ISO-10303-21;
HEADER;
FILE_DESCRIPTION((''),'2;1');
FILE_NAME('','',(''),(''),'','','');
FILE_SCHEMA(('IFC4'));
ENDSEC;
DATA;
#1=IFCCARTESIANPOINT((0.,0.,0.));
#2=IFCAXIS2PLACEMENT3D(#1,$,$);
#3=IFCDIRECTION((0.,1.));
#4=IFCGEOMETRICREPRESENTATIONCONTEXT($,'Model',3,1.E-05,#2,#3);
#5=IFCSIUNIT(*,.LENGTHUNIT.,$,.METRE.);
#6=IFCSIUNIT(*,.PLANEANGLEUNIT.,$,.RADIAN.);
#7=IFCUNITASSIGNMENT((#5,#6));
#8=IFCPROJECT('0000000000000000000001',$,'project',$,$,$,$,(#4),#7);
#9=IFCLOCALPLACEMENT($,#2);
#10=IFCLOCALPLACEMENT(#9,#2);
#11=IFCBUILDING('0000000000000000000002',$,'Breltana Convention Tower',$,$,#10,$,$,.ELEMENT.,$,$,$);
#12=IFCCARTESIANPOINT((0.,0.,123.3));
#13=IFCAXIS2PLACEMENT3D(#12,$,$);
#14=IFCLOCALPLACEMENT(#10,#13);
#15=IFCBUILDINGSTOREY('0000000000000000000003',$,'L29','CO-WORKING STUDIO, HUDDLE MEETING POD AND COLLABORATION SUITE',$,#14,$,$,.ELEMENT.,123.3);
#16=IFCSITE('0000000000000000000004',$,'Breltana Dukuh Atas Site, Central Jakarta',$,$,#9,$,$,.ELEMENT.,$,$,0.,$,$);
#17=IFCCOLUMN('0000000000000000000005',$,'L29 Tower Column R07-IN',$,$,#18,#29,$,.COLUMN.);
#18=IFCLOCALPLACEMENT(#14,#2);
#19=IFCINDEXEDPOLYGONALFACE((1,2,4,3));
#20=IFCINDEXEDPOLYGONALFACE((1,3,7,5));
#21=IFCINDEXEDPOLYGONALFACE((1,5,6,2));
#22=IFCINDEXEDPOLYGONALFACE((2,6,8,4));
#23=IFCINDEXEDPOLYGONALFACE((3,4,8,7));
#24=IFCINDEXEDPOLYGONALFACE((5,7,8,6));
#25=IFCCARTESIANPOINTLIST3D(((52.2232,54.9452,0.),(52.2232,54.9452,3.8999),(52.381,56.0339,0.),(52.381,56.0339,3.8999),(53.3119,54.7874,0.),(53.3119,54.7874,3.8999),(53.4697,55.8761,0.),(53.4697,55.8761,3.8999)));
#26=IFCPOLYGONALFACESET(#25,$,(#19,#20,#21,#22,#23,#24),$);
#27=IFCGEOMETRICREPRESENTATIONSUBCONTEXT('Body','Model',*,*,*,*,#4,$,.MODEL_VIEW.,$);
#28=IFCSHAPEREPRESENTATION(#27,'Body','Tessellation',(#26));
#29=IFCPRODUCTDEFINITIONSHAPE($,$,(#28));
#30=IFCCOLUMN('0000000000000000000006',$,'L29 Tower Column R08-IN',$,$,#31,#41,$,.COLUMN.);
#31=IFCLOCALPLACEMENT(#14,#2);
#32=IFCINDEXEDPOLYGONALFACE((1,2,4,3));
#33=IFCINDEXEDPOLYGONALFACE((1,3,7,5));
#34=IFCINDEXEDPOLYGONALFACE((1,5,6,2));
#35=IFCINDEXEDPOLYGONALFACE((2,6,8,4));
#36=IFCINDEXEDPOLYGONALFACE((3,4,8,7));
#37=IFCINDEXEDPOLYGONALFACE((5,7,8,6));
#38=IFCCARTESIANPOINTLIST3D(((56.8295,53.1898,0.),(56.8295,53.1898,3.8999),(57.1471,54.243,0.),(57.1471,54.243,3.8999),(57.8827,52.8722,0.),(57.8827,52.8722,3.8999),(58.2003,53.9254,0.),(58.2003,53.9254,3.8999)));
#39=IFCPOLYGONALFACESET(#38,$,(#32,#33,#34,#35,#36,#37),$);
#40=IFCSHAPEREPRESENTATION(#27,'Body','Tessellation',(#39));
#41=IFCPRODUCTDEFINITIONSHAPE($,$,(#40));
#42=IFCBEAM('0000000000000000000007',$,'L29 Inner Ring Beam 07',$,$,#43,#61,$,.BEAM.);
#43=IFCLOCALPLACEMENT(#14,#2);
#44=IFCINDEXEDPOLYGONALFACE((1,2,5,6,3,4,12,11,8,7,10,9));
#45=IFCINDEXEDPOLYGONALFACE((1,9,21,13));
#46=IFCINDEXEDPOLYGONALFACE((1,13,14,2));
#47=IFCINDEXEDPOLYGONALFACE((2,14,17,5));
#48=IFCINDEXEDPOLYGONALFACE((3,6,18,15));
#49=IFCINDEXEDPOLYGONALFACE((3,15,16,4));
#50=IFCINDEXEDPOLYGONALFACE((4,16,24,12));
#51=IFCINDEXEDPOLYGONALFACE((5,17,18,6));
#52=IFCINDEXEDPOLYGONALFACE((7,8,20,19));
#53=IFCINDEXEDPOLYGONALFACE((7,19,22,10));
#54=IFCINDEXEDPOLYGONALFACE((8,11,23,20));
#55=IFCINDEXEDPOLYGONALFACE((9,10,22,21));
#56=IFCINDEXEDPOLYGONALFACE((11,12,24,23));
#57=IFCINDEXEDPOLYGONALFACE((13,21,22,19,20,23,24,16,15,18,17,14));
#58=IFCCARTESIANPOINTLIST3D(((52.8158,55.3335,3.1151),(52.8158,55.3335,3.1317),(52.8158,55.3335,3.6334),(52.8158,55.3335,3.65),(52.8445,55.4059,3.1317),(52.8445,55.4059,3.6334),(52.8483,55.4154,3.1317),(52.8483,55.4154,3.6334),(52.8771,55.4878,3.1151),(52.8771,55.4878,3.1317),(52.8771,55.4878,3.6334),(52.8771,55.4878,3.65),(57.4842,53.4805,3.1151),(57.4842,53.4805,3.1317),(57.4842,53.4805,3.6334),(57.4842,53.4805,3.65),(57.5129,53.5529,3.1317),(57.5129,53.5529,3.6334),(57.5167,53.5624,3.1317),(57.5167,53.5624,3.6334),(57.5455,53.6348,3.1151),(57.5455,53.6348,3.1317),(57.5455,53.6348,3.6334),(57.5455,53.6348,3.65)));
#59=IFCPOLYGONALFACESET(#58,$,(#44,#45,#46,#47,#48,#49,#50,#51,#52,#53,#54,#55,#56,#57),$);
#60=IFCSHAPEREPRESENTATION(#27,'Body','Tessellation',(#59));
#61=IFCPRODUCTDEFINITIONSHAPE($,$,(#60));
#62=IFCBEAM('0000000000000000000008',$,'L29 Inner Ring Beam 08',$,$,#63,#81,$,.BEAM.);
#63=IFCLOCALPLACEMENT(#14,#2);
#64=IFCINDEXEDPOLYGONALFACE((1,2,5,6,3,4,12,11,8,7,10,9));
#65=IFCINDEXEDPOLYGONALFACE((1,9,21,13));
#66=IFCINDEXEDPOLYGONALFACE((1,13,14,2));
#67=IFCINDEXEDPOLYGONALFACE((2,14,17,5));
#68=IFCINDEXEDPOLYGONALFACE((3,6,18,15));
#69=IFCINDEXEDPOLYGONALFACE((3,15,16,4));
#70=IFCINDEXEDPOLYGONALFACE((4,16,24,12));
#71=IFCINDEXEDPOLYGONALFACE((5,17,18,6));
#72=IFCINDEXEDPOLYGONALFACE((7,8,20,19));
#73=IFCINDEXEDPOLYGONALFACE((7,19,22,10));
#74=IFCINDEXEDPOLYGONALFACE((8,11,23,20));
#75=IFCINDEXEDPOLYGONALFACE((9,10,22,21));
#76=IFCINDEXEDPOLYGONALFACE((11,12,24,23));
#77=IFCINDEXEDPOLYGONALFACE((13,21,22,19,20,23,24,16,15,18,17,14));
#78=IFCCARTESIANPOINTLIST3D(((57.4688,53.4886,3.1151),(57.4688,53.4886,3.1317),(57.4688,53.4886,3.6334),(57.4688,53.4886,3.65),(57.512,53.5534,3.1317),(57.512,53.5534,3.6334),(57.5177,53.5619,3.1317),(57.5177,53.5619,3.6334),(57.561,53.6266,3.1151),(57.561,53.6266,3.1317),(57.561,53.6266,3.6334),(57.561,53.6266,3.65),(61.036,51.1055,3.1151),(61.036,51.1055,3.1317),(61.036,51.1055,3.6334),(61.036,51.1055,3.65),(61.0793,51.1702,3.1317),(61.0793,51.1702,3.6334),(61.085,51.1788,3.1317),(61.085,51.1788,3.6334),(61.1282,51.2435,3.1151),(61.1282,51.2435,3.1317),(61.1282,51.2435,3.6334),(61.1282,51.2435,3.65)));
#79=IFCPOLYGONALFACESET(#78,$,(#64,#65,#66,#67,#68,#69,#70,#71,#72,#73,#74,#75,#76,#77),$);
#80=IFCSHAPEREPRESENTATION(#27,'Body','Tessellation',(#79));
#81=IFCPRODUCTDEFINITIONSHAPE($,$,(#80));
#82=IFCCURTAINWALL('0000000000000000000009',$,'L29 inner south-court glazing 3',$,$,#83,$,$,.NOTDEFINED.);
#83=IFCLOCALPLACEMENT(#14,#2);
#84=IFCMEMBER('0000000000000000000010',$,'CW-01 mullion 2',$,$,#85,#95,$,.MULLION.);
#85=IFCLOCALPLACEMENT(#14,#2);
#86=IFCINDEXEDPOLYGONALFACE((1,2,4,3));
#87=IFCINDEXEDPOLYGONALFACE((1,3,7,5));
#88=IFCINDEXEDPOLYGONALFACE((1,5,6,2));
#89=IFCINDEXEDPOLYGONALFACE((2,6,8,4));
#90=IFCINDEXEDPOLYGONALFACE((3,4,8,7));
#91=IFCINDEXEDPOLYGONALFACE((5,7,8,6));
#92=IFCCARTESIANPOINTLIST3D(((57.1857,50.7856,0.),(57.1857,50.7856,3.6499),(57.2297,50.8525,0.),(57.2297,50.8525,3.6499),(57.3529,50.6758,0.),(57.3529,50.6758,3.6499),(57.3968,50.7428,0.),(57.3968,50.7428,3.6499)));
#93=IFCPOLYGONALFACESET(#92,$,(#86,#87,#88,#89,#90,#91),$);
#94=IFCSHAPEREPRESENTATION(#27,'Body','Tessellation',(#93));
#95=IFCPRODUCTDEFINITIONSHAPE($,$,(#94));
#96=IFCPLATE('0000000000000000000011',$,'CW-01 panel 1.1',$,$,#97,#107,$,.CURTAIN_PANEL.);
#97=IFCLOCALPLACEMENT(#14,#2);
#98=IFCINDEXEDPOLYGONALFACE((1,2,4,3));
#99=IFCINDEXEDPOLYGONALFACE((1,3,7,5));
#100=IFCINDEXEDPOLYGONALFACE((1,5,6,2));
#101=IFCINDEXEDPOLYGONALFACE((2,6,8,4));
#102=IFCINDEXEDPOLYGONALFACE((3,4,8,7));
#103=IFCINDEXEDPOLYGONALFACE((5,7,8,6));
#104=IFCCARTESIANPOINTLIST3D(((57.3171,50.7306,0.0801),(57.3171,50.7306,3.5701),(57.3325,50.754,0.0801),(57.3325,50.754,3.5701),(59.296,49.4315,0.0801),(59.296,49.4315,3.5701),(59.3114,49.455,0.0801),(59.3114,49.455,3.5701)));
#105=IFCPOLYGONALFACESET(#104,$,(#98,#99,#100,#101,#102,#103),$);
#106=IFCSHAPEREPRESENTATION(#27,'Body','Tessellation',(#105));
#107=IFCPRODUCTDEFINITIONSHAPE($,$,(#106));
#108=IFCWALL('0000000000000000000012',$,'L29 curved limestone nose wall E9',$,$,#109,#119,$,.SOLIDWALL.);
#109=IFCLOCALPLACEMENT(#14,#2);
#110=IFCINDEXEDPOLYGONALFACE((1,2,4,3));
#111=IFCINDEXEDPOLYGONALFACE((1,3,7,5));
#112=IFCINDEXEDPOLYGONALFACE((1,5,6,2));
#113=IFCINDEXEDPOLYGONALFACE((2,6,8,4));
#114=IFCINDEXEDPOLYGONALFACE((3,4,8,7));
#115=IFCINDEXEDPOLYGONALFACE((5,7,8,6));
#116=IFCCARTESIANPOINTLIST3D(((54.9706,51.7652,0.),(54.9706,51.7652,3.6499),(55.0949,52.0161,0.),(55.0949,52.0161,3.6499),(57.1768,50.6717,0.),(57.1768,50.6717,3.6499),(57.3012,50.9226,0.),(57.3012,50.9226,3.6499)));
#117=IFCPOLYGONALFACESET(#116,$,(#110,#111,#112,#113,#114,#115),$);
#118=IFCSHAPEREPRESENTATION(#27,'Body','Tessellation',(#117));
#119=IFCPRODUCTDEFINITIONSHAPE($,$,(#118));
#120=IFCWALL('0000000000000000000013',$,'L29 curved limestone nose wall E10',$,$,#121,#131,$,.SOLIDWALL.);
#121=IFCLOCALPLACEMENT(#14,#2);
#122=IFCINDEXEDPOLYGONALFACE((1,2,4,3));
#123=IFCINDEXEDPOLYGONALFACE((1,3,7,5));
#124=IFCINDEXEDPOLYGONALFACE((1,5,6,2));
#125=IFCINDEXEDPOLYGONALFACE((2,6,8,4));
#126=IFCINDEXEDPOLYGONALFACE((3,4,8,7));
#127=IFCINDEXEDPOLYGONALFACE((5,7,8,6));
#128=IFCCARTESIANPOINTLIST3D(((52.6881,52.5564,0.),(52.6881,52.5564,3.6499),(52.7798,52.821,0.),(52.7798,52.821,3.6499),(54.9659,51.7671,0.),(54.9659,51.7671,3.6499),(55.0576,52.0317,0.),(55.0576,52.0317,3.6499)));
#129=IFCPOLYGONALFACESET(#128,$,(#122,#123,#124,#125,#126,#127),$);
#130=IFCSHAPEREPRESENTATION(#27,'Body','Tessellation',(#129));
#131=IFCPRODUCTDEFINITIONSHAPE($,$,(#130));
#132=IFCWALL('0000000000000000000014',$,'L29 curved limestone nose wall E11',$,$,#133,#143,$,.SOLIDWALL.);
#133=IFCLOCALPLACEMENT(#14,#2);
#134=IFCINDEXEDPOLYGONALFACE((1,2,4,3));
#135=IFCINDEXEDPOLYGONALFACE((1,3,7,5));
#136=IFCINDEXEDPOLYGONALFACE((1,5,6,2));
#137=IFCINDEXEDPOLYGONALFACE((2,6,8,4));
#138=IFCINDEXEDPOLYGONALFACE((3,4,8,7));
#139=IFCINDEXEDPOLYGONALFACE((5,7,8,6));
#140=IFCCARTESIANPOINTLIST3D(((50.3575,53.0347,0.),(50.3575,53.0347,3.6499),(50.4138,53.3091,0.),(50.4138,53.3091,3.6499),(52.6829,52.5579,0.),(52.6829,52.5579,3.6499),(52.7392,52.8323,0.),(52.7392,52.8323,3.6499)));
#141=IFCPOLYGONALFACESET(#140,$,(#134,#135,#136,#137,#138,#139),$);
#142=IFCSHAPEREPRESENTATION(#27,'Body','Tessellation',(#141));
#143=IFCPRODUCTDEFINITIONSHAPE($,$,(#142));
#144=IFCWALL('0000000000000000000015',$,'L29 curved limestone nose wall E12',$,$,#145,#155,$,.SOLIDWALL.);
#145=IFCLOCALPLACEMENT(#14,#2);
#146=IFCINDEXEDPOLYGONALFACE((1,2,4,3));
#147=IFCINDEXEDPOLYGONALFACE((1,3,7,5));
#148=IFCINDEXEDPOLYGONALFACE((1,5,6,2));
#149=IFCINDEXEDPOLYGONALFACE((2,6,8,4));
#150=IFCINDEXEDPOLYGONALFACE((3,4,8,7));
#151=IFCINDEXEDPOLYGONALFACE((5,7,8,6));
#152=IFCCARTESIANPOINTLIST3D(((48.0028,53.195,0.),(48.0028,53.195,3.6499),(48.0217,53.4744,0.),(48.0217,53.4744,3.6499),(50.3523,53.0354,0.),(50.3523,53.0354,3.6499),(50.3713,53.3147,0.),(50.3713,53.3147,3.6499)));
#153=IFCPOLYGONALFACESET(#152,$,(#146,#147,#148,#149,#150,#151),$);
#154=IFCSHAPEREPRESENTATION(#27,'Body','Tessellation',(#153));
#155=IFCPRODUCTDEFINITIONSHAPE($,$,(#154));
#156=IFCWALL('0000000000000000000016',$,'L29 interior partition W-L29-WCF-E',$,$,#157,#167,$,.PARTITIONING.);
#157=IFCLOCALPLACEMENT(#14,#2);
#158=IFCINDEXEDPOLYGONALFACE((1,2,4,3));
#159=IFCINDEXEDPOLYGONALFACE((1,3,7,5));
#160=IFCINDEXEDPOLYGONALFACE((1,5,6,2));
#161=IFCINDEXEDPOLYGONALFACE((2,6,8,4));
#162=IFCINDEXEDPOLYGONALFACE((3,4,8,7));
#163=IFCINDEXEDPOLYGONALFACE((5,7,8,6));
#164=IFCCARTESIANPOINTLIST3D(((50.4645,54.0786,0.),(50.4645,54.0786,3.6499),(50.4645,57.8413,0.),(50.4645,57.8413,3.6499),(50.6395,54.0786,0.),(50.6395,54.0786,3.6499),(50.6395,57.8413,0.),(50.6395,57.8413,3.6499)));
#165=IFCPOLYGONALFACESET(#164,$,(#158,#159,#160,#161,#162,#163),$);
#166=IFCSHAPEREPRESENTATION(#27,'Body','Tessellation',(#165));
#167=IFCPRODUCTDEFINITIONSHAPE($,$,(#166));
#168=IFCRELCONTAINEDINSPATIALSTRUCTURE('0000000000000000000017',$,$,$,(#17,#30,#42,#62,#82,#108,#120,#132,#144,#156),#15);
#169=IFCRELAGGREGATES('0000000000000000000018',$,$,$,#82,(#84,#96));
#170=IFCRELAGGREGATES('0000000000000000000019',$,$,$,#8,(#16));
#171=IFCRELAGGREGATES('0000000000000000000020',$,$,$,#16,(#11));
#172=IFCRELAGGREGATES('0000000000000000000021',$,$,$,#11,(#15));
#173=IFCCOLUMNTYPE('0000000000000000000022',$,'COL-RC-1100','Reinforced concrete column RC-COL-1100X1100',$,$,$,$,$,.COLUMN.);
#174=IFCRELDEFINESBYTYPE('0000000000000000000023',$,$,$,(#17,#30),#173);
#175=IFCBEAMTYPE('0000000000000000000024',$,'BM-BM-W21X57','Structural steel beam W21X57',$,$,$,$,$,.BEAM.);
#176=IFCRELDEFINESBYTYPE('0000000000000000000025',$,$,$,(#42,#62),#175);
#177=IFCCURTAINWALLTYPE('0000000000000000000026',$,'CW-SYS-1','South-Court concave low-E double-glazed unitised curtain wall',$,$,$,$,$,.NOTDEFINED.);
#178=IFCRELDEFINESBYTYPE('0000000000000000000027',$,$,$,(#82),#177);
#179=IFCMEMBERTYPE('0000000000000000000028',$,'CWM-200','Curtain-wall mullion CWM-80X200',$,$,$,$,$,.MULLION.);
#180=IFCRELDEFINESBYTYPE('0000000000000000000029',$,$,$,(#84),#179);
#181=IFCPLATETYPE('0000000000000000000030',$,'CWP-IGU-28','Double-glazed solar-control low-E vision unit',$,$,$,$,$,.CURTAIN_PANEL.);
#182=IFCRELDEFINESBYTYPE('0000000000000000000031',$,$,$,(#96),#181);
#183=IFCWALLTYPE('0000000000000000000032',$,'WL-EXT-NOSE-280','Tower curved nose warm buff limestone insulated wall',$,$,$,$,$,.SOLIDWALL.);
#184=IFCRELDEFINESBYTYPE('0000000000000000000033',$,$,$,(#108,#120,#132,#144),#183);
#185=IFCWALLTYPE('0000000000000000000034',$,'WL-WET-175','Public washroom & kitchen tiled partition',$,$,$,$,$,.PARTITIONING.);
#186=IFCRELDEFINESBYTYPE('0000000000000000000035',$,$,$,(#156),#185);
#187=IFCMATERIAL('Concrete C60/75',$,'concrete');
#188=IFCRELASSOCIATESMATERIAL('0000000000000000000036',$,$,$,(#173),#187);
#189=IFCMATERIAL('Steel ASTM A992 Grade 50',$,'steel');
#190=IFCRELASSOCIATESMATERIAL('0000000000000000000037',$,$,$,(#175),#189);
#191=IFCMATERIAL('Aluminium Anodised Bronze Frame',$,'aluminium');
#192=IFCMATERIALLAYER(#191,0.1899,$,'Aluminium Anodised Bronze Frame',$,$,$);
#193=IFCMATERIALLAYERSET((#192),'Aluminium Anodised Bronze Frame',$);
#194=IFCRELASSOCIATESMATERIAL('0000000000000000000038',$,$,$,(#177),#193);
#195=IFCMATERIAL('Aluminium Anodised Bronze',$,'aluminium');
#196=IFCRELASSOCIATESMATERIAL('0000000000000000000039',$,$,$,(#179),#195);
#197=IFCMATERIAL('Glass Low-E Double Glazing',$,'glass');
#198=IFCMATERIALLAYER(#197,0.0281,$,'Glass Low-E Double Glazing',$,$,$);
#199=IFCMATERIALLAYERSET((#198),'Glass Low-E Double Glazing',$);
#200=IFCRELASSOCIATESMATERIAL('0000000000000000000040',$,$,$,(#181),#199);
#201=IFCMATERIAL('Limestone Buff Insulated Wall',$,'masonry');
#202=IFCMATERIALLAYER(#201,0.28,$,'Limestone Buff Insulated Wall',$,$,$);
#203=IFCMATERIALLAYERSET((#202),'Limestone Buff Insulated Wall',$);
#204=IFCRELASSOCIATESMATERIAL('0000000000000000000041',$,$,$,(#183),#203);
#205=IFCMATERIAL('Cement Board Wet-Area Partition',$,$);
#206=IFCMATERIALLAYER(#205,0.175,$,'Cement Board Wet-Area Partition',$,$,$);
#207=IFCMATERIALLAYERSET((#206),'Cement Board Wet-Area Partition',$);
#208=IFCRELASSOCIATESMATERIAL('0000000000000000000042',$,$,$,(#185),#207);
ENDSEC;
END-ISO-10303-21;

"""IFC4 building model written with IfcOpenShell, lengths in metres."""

from ifc_helpers import new_model, si_unit, direction, frame, frame_2d, origin, origin_2d, place, context, subcontext, project, spatial, rectangle, i_section, extrude, source, transform, mapped, material, layer, layer_set, material_profile, profile_set, type_object, element, aggregate, save


model = new_model("IFC4")

# Units and contexts
model_context = context("Model", 3, precision=1e-05, world=origin(), true_north=direction((0.0, 1.0)))
body_context = subcontext(model_context, "Body", "Model", "MODEL_VIEW")
ifc_project = project(units=[si_unit("LENGTHUNIT", "METRE"), si_unit("PLANEANGLEUNIT", "RADIAN")], contexts=[model_context])

# Site, building, storey
site_placement = place(None, origin())
site = spatial("IfcSite", under=ifc_project, at=site_placement, Name="Breltana Dukuh Atas Site, Central Jakarta", CompositionType="ELEMENT", RefElevation=0.0)
building_placement = place(site_placement, origin())
building = spatial("IfcBuilding", under=site, at=building_placement, Name="Breltana Convention Tower", CompositionType="ELEMENT")
storey_placement = place(building_placement, frame((0.0, 0.0, 123.3)))
storey = spatial("IfcBuildingStorey", under=building, at=storey_placement, Name="L29", Description="CO-WORKING STUDIO, HUDDLE MEETING POD AND COLLABORATION SUITE", CompositionType="ELEMENT", Elevation=123.3)

# Columns
ifc_material_1 = material(Name="Concrete C60/75", Category="concrete")
ifc_material_profile_1 = material_profile(ifc_material_1, rectangle(XDim=1.1001, YDim=1.1001, at=origin_2d()), Name="RC-COL-1100X1100")
ifc_profile_set_1 = profile_set([ifc_material_profile_1], Name="Concrete C60/75")
column_type = type_object("IfcColumnType", Name="COL-RC-1100", Description="Reinforced concrete column RC-COL-1100X1100", PredefinedType="COLUMN", material=ifc_profile_set_1)
shared_shape_1 = source(origin(), body_context, "Body", "SweptSolid", [
    extrude(rectangle(XDim=1.1001, YDim=1.1001, at=origin_2d()), origin(), (0.0, 0.0, 1.0), 3.8999),
])
for number, where, z_axis, x_axis, name in (
    (1, (52.8464, 55.4106, 0.0), (0.0, 0.0, 1.0), (0.143493, 0.989651, 0.0), "L29 Tower Column R07-IN"),
    (2, (57.5149, 53.5576, 0.0), (0.0, 0.0, 1.0), (0.288698, 0.95742, 0.0), "L29 Tower Column R08-IN"),
):
    element("IfcColumn", number, at=place(storey_placement, frame(where, z_axis=z_axis, x_axis=x_axis)), inside=storey, type_object=column_type, Name=name, PredefinedType="COLUMN", context=body_context, shape_type="MappedRepresentation", body=[
        mapped(shared_shape_1, transform((0.0, 0.0, 0.0), scale=1.0)),
    ])

# Beams
ifc_material_2 = material(Name="Steel ASTM A992 Grade 50", Category="steel")
ifc_material_profile_2 = material_profile(ifc_material_2, i_section(OverallWidth=0.166, OverallDepth=0.5349, WebThickness=0.0103, FlangeThickness=0.0166, at=origin_2d()), Name="W21X57")
ifc_profile_set_2 = profile_set([ifc_material_profile_2], Name="Steel ASTM A992 Grade 50")
beam_type = type_object("IfcBeamType", Name="BM-BM-W21X57", Description="Structural steel beam W21X57", PredefinedType="BEAM", material=ifc_profile_set_2)
shared_shape_2 = source(origin(), body_context, "Body", "SweptSolid", [
    extrude(i_section(OverallWidth=0.166, OverallDepth=0.5349, WebThickness=0.0103, FlangeThickness=0.0166, at=origin_2d()), origin(), (0.0, 0.0, 1.0), 5.0227),
])
beam_1_placement = place(storey_placement, frame((52.8464, 55.4106, 3.3826), z_axis=(0.929459, -0.368926, 0.0), x_axis=(0.368926, 0.929459, 0.0)))
element("IfcBeam", 3, at=beam_1_placement, inside=storey, type_object=beam_type, Name="L29 Inner Ring Beam 07", PredefinedType="BEAM", context=body_context, shape_type="MappedRepresentation", body=[
    mapped(shared_shape_2, transform((0.0, 0.0, 0.0), scale=1.0)),
])
shared_shape_3 = source(origin(), body_context, "Body", "SweptSolid", [
    extrude(i_section(OverallWidth=0.166, OverallDepth=0.5349, WebThickness=0.0103, FlangeThickness=0.0166, at=origin_2d()), origin(), (0.0, 0.0, 1.0), 4.29),
])
beam_2_placement = place(storey_placement, frame((57.5149, 53.5576, 3.3826), z_axis=(0.831516, -0.555501, 0.0), x_axis=(0.555501, 0.831516, 0.0)))
element("IfcBeam", 4, at=beam_2_placement, inside=storey, type_object=beam_type, Name="L29 Inner Ring Beam 08", PredefinedType="BEAM", context=body_context, shape_type="MappedRepresentation", body=[
    mapped(shared_shape_3, transform((0.0, 0.0, 0.0), scale=1.0)),
])

# Curtain wall, member, plate
ifc_material_3 = material(Name="Aluminium Anodised Bronze Frame", Category="aluminium")
ifc_layer_1 = layer(ifc_material_3, 0.1899, Name="Aluminium Anodised Bronze Frame")
ifc_layer_set_1 = layer_set([ifc_layer_1], Name="Aluminium Anodised Bronze Frame")
curtain_wall_type = type_object("IfcCurtainWallType", Name="CW-SYS-1", Description="South-Court concave low-E double-glazed unitised curtain wall", PredefinedType="NOTDEFINED", material=ifc_layer_set_1)
curtain_wall_placement = place(storey_placement, origin())
curtain_wall = element("IfcCurtainWall", 5, at=curtain_wall_placement, inside=storey, type_object=curtain_wall_type, Name="L29 inner south-court glazing 3", PredefinedType="NOTDEFINED")
ifc_material_4 = material(Name="Aluminium Anodised Bronze", Category="aluminium")
ifc_material_profile_3 = material_profile(ifc_material_4, rectangle(XDim=0.0801, YDim=0.2, at=origin_2d()), Name="CWM-80X200")
ifc_profile_set_3 = profile_set([ifc_material_profile_3], Name="Aluminium Anodised Bronze")
member_type = type_object("IfcMemberType", Name="CWM-200", Description="Curtain-wall mullion CWM-80X200", PredefinedType="MULLION", material=ifc_profile_set_3)
shared_shape_4 = source(origin(), body_context, "Body", "SweptSolid", [
    extrude(rectangle(XDim=0.0801, YDim=0.2, at=origin_2d()), origin(), (0.0, 0.0, 1.0), 3.6499),
])
member_placement = place(storey_placement, frame((57.2913, 50.7642, 0.0), z_axis=(0.0, 0.0, 1.0), x_axis=(-0.548778, -0.835968, 0.0)))
member = element("IfcMember", 6, at=member_placement, type_object=member_type, Name="CW-01 mullion 2", PredefinedType="MULLION", context=body_context, shape_type="MappedRepresentation", body=[
    mapped(shared_shape_4, transform((0.0, 0.0, 0.0), scale=1.0)),
])
ifc_material_5 = material(Name="Glass Low-E Double Glazing", Category="glass")
ifc_layer_2 = layer(ifc_material_5, 0.0281, Name="Glass Low-E Double Glazing")
ifc_layer_set_2 = layer_set([ifc_layer_2], Name="Glass Low-E Double Glazing")
plate_type = type_object("IfcPlateType", Name="CWP-IGU-28", Description="Double-glazed solar-control low-E vision unit", PredefinedType="CURTAIN_PANEL", material=ifc_layer_set_2)
shared_shape_5 = source(origin(), body_context, "Body", "SweptSolid", [
    extrude(rectangle(XDim=2.3672, YDim=0.0281, at=origin_2d()), origin(), (0.0, 0.0, 1.0), 3.49),
])
plate_placement = place(storey_placement, frame((58.3142, 50.0928, 0.0801), z_axis=(0.0, 0.0, 1.0), x_axis=(-0.835968, 0.548778, 0.0)))
plate = element("IfcPlate", 7, at=plate_placement, type_object=plate_type, Name="CW-01 panel 1.1", PredefinedType="CURTAIN_PANEL", context=body_context, shape_type="MappedRepresentation", body=[
    mapped(shared_shape_5, transform((0.0, 0.0, 0.0), scale=1.0)),
])
aggregate(curtain_wall, [member, plate])

# Walls
ifc_material_6 = material(Name="Limestone Buff Insulated Wall", Category="masonry")
ifc_layer_3 = layer(ifc_material_6, 0.28, Name="Limestone Buff Insulated Wall")
ifc_layer_set_3 = layer_set([ifc_layer_3], Name="Limestone Buff Insulated Wall")
wall_type_1 = type_object("IfcWallType", Name="WL-EXT-NOSE-280", Description="Tower curved nose warm buff limestone insulated wall", PredefinedType="SOLIDWALL", material=ifc_layer_set_3)
shared_shape_6 = source(origin(), body_context, "Body", "SweptSolid", [
    extrude(rectangle(XDim=2.4624, YDim=0.28, at=frame_2d((1.2312, 0.0))), origin(), (0.0, 0.0, 1.0), 3.6499),
])
wall_1_placement = place(storey_placement, frame((57.239, 50.7971, 0.0), z_axis=(0.0, 0.0, 1.0), x_axis=(-0.895988, 0.444078, 0.0)))
element("IfcWall", 8, at=wall_1_placement, inside=storey, type_object=wall_type_1, Name="L29 curved limestone nose wall E9", PredefinedType="SOLIDWALL", context=body_context, shape_type="MappedRepresentation", body=[
    mapped(shared_shape_6, transform((0.0, 0.0, 0.0), scale=1.0)),
])
shared_shape_7 = source(origin(), body_context, "Body", "SweptSolid", [
    extrude(rectangle(XDim=2.4106, YDim=0.28, at=frame_2d((1.2053, 0.0))), origin(), (0.0, 0.0, 1.0), 3.6499),
])
wall_2_placement = place(storey_placement, frame((55.0117, 51.8994, 0.0), z_axis=(0.0, 0.0, 1.0), x_axis=(-0.94488, 0.327417, 0.0)))
element("IfcWall", 9, at=wall_2_placement, inside=storey, type_object=wall_type_1, Name="L29 curved limestone nose wall E10", PredefinedType="SOLIDWALL", context=body_context, shape_type="MappedRepresentation", body=[
    mapped(shared_shape_7, transform((0.0, 0.0, 0.0), scale=1.0)),
])
shared_shape_8 = source(origin(), body_context, "Body", "SweptSolid", [
    extrude(rectangle(XDim=2.3738, YDim=0.28, at=frame_2d((1.187, 0.0))), origin(), (0.0, 0.0, 1.0), 3.6499),
])
wall_3_placement = place(storey_placement, frame((52.7112, 52.6951, 0.0), z_axis=(0.0, 0.0, 1.0), x_axis=(-0.97962, 0.200861, 0.0)))
element("IfcWall", 10, at=wall_3_placement, inside=storey, type_object=wall_type_1, Name="L29 curved limestone nose wall E11", PredefinedType="SOLIDWALL", context=body_context, shape_type="MappedRepresentation", body=[
    mapped(shared_shape_8, transform((0.0, 0.0, 0.0), scale=1.0)),
])
shared_shape_9 = source(origin(), body_context, "Body", "SweptSolid", [
    extrude(rectangle(XDim=2.355, YDim=0.28, at=frame_2d((1.1775, 0.0))), origin(), (0.0, 0.0, 1.0), 3.6499),
])
wall_4_placement = place(storey_placement, frame((50.3618, 53.175, 0.0), z_axis=(0.0, 0.0, 1.0), x_axis=(-0.997699, 0.067799, 0.0)))
element("IfcWall", 11, at=wall_4_placement, inside=storey, type_object=wall_type_1, Name="L29 curved limestone nose wall E12", PredefinedType="SOLIDWALL", context=body_context, shape_type="MappedRepresentation", body=[
    mapped(shared_shape_9, transform((0.0, 0.0, 0.0), scale=1.0)),
])
ifc_material_7 = material(Name="Cement Board Wet-Area Partition")
ifc_layer_4 = layer(ifc_material_7, 0.175, Name="Cement Board Wet-Area Partition")
ifc_layer_set_4 = layer_set([ifc_layer_4], Name="Cement Board Wet-Area Partition")
wall_type_2 = type_object("IfcWallType", Name="WL-WET-175", Description="Public washroom & kitchen tiled partition", PredefinedType="PARTITIONING", material=ifc_layer_set_4)
shared_shape_10 = source(origin(), body_context, "Body", "SweptSolid", [
    extrude(rectangle(XDim=3.7627, YDim=0.175, at=frame_2d((1.8813, 0.0))), origin(), (0.0, 0.0, 1.0), 3.6499),
])
for number, where, z_axis, x_axis, name in (
    (12, (50.552, 54.0786, 0.0), (0.0, 0.0, 1.0), (0.0, 1.0, 0.0), "L29 interior partition W-L29-WCF-E"),
):
    element("IfcWall", number, at=place(storey_placement, frame(where, z_axis=z_axis, x_axis=x_axis)), inside=storey, type_object=wall_type_2, Name=name, PredefinedType="PARTITIONING", context=body_context, shape_type="MappedRepresentation", body=[
        mapped(shared_shape_10, transform((0.0, 0.0, 0.0), scale=1.0)),
    ])

save(model, "model.ifc")
